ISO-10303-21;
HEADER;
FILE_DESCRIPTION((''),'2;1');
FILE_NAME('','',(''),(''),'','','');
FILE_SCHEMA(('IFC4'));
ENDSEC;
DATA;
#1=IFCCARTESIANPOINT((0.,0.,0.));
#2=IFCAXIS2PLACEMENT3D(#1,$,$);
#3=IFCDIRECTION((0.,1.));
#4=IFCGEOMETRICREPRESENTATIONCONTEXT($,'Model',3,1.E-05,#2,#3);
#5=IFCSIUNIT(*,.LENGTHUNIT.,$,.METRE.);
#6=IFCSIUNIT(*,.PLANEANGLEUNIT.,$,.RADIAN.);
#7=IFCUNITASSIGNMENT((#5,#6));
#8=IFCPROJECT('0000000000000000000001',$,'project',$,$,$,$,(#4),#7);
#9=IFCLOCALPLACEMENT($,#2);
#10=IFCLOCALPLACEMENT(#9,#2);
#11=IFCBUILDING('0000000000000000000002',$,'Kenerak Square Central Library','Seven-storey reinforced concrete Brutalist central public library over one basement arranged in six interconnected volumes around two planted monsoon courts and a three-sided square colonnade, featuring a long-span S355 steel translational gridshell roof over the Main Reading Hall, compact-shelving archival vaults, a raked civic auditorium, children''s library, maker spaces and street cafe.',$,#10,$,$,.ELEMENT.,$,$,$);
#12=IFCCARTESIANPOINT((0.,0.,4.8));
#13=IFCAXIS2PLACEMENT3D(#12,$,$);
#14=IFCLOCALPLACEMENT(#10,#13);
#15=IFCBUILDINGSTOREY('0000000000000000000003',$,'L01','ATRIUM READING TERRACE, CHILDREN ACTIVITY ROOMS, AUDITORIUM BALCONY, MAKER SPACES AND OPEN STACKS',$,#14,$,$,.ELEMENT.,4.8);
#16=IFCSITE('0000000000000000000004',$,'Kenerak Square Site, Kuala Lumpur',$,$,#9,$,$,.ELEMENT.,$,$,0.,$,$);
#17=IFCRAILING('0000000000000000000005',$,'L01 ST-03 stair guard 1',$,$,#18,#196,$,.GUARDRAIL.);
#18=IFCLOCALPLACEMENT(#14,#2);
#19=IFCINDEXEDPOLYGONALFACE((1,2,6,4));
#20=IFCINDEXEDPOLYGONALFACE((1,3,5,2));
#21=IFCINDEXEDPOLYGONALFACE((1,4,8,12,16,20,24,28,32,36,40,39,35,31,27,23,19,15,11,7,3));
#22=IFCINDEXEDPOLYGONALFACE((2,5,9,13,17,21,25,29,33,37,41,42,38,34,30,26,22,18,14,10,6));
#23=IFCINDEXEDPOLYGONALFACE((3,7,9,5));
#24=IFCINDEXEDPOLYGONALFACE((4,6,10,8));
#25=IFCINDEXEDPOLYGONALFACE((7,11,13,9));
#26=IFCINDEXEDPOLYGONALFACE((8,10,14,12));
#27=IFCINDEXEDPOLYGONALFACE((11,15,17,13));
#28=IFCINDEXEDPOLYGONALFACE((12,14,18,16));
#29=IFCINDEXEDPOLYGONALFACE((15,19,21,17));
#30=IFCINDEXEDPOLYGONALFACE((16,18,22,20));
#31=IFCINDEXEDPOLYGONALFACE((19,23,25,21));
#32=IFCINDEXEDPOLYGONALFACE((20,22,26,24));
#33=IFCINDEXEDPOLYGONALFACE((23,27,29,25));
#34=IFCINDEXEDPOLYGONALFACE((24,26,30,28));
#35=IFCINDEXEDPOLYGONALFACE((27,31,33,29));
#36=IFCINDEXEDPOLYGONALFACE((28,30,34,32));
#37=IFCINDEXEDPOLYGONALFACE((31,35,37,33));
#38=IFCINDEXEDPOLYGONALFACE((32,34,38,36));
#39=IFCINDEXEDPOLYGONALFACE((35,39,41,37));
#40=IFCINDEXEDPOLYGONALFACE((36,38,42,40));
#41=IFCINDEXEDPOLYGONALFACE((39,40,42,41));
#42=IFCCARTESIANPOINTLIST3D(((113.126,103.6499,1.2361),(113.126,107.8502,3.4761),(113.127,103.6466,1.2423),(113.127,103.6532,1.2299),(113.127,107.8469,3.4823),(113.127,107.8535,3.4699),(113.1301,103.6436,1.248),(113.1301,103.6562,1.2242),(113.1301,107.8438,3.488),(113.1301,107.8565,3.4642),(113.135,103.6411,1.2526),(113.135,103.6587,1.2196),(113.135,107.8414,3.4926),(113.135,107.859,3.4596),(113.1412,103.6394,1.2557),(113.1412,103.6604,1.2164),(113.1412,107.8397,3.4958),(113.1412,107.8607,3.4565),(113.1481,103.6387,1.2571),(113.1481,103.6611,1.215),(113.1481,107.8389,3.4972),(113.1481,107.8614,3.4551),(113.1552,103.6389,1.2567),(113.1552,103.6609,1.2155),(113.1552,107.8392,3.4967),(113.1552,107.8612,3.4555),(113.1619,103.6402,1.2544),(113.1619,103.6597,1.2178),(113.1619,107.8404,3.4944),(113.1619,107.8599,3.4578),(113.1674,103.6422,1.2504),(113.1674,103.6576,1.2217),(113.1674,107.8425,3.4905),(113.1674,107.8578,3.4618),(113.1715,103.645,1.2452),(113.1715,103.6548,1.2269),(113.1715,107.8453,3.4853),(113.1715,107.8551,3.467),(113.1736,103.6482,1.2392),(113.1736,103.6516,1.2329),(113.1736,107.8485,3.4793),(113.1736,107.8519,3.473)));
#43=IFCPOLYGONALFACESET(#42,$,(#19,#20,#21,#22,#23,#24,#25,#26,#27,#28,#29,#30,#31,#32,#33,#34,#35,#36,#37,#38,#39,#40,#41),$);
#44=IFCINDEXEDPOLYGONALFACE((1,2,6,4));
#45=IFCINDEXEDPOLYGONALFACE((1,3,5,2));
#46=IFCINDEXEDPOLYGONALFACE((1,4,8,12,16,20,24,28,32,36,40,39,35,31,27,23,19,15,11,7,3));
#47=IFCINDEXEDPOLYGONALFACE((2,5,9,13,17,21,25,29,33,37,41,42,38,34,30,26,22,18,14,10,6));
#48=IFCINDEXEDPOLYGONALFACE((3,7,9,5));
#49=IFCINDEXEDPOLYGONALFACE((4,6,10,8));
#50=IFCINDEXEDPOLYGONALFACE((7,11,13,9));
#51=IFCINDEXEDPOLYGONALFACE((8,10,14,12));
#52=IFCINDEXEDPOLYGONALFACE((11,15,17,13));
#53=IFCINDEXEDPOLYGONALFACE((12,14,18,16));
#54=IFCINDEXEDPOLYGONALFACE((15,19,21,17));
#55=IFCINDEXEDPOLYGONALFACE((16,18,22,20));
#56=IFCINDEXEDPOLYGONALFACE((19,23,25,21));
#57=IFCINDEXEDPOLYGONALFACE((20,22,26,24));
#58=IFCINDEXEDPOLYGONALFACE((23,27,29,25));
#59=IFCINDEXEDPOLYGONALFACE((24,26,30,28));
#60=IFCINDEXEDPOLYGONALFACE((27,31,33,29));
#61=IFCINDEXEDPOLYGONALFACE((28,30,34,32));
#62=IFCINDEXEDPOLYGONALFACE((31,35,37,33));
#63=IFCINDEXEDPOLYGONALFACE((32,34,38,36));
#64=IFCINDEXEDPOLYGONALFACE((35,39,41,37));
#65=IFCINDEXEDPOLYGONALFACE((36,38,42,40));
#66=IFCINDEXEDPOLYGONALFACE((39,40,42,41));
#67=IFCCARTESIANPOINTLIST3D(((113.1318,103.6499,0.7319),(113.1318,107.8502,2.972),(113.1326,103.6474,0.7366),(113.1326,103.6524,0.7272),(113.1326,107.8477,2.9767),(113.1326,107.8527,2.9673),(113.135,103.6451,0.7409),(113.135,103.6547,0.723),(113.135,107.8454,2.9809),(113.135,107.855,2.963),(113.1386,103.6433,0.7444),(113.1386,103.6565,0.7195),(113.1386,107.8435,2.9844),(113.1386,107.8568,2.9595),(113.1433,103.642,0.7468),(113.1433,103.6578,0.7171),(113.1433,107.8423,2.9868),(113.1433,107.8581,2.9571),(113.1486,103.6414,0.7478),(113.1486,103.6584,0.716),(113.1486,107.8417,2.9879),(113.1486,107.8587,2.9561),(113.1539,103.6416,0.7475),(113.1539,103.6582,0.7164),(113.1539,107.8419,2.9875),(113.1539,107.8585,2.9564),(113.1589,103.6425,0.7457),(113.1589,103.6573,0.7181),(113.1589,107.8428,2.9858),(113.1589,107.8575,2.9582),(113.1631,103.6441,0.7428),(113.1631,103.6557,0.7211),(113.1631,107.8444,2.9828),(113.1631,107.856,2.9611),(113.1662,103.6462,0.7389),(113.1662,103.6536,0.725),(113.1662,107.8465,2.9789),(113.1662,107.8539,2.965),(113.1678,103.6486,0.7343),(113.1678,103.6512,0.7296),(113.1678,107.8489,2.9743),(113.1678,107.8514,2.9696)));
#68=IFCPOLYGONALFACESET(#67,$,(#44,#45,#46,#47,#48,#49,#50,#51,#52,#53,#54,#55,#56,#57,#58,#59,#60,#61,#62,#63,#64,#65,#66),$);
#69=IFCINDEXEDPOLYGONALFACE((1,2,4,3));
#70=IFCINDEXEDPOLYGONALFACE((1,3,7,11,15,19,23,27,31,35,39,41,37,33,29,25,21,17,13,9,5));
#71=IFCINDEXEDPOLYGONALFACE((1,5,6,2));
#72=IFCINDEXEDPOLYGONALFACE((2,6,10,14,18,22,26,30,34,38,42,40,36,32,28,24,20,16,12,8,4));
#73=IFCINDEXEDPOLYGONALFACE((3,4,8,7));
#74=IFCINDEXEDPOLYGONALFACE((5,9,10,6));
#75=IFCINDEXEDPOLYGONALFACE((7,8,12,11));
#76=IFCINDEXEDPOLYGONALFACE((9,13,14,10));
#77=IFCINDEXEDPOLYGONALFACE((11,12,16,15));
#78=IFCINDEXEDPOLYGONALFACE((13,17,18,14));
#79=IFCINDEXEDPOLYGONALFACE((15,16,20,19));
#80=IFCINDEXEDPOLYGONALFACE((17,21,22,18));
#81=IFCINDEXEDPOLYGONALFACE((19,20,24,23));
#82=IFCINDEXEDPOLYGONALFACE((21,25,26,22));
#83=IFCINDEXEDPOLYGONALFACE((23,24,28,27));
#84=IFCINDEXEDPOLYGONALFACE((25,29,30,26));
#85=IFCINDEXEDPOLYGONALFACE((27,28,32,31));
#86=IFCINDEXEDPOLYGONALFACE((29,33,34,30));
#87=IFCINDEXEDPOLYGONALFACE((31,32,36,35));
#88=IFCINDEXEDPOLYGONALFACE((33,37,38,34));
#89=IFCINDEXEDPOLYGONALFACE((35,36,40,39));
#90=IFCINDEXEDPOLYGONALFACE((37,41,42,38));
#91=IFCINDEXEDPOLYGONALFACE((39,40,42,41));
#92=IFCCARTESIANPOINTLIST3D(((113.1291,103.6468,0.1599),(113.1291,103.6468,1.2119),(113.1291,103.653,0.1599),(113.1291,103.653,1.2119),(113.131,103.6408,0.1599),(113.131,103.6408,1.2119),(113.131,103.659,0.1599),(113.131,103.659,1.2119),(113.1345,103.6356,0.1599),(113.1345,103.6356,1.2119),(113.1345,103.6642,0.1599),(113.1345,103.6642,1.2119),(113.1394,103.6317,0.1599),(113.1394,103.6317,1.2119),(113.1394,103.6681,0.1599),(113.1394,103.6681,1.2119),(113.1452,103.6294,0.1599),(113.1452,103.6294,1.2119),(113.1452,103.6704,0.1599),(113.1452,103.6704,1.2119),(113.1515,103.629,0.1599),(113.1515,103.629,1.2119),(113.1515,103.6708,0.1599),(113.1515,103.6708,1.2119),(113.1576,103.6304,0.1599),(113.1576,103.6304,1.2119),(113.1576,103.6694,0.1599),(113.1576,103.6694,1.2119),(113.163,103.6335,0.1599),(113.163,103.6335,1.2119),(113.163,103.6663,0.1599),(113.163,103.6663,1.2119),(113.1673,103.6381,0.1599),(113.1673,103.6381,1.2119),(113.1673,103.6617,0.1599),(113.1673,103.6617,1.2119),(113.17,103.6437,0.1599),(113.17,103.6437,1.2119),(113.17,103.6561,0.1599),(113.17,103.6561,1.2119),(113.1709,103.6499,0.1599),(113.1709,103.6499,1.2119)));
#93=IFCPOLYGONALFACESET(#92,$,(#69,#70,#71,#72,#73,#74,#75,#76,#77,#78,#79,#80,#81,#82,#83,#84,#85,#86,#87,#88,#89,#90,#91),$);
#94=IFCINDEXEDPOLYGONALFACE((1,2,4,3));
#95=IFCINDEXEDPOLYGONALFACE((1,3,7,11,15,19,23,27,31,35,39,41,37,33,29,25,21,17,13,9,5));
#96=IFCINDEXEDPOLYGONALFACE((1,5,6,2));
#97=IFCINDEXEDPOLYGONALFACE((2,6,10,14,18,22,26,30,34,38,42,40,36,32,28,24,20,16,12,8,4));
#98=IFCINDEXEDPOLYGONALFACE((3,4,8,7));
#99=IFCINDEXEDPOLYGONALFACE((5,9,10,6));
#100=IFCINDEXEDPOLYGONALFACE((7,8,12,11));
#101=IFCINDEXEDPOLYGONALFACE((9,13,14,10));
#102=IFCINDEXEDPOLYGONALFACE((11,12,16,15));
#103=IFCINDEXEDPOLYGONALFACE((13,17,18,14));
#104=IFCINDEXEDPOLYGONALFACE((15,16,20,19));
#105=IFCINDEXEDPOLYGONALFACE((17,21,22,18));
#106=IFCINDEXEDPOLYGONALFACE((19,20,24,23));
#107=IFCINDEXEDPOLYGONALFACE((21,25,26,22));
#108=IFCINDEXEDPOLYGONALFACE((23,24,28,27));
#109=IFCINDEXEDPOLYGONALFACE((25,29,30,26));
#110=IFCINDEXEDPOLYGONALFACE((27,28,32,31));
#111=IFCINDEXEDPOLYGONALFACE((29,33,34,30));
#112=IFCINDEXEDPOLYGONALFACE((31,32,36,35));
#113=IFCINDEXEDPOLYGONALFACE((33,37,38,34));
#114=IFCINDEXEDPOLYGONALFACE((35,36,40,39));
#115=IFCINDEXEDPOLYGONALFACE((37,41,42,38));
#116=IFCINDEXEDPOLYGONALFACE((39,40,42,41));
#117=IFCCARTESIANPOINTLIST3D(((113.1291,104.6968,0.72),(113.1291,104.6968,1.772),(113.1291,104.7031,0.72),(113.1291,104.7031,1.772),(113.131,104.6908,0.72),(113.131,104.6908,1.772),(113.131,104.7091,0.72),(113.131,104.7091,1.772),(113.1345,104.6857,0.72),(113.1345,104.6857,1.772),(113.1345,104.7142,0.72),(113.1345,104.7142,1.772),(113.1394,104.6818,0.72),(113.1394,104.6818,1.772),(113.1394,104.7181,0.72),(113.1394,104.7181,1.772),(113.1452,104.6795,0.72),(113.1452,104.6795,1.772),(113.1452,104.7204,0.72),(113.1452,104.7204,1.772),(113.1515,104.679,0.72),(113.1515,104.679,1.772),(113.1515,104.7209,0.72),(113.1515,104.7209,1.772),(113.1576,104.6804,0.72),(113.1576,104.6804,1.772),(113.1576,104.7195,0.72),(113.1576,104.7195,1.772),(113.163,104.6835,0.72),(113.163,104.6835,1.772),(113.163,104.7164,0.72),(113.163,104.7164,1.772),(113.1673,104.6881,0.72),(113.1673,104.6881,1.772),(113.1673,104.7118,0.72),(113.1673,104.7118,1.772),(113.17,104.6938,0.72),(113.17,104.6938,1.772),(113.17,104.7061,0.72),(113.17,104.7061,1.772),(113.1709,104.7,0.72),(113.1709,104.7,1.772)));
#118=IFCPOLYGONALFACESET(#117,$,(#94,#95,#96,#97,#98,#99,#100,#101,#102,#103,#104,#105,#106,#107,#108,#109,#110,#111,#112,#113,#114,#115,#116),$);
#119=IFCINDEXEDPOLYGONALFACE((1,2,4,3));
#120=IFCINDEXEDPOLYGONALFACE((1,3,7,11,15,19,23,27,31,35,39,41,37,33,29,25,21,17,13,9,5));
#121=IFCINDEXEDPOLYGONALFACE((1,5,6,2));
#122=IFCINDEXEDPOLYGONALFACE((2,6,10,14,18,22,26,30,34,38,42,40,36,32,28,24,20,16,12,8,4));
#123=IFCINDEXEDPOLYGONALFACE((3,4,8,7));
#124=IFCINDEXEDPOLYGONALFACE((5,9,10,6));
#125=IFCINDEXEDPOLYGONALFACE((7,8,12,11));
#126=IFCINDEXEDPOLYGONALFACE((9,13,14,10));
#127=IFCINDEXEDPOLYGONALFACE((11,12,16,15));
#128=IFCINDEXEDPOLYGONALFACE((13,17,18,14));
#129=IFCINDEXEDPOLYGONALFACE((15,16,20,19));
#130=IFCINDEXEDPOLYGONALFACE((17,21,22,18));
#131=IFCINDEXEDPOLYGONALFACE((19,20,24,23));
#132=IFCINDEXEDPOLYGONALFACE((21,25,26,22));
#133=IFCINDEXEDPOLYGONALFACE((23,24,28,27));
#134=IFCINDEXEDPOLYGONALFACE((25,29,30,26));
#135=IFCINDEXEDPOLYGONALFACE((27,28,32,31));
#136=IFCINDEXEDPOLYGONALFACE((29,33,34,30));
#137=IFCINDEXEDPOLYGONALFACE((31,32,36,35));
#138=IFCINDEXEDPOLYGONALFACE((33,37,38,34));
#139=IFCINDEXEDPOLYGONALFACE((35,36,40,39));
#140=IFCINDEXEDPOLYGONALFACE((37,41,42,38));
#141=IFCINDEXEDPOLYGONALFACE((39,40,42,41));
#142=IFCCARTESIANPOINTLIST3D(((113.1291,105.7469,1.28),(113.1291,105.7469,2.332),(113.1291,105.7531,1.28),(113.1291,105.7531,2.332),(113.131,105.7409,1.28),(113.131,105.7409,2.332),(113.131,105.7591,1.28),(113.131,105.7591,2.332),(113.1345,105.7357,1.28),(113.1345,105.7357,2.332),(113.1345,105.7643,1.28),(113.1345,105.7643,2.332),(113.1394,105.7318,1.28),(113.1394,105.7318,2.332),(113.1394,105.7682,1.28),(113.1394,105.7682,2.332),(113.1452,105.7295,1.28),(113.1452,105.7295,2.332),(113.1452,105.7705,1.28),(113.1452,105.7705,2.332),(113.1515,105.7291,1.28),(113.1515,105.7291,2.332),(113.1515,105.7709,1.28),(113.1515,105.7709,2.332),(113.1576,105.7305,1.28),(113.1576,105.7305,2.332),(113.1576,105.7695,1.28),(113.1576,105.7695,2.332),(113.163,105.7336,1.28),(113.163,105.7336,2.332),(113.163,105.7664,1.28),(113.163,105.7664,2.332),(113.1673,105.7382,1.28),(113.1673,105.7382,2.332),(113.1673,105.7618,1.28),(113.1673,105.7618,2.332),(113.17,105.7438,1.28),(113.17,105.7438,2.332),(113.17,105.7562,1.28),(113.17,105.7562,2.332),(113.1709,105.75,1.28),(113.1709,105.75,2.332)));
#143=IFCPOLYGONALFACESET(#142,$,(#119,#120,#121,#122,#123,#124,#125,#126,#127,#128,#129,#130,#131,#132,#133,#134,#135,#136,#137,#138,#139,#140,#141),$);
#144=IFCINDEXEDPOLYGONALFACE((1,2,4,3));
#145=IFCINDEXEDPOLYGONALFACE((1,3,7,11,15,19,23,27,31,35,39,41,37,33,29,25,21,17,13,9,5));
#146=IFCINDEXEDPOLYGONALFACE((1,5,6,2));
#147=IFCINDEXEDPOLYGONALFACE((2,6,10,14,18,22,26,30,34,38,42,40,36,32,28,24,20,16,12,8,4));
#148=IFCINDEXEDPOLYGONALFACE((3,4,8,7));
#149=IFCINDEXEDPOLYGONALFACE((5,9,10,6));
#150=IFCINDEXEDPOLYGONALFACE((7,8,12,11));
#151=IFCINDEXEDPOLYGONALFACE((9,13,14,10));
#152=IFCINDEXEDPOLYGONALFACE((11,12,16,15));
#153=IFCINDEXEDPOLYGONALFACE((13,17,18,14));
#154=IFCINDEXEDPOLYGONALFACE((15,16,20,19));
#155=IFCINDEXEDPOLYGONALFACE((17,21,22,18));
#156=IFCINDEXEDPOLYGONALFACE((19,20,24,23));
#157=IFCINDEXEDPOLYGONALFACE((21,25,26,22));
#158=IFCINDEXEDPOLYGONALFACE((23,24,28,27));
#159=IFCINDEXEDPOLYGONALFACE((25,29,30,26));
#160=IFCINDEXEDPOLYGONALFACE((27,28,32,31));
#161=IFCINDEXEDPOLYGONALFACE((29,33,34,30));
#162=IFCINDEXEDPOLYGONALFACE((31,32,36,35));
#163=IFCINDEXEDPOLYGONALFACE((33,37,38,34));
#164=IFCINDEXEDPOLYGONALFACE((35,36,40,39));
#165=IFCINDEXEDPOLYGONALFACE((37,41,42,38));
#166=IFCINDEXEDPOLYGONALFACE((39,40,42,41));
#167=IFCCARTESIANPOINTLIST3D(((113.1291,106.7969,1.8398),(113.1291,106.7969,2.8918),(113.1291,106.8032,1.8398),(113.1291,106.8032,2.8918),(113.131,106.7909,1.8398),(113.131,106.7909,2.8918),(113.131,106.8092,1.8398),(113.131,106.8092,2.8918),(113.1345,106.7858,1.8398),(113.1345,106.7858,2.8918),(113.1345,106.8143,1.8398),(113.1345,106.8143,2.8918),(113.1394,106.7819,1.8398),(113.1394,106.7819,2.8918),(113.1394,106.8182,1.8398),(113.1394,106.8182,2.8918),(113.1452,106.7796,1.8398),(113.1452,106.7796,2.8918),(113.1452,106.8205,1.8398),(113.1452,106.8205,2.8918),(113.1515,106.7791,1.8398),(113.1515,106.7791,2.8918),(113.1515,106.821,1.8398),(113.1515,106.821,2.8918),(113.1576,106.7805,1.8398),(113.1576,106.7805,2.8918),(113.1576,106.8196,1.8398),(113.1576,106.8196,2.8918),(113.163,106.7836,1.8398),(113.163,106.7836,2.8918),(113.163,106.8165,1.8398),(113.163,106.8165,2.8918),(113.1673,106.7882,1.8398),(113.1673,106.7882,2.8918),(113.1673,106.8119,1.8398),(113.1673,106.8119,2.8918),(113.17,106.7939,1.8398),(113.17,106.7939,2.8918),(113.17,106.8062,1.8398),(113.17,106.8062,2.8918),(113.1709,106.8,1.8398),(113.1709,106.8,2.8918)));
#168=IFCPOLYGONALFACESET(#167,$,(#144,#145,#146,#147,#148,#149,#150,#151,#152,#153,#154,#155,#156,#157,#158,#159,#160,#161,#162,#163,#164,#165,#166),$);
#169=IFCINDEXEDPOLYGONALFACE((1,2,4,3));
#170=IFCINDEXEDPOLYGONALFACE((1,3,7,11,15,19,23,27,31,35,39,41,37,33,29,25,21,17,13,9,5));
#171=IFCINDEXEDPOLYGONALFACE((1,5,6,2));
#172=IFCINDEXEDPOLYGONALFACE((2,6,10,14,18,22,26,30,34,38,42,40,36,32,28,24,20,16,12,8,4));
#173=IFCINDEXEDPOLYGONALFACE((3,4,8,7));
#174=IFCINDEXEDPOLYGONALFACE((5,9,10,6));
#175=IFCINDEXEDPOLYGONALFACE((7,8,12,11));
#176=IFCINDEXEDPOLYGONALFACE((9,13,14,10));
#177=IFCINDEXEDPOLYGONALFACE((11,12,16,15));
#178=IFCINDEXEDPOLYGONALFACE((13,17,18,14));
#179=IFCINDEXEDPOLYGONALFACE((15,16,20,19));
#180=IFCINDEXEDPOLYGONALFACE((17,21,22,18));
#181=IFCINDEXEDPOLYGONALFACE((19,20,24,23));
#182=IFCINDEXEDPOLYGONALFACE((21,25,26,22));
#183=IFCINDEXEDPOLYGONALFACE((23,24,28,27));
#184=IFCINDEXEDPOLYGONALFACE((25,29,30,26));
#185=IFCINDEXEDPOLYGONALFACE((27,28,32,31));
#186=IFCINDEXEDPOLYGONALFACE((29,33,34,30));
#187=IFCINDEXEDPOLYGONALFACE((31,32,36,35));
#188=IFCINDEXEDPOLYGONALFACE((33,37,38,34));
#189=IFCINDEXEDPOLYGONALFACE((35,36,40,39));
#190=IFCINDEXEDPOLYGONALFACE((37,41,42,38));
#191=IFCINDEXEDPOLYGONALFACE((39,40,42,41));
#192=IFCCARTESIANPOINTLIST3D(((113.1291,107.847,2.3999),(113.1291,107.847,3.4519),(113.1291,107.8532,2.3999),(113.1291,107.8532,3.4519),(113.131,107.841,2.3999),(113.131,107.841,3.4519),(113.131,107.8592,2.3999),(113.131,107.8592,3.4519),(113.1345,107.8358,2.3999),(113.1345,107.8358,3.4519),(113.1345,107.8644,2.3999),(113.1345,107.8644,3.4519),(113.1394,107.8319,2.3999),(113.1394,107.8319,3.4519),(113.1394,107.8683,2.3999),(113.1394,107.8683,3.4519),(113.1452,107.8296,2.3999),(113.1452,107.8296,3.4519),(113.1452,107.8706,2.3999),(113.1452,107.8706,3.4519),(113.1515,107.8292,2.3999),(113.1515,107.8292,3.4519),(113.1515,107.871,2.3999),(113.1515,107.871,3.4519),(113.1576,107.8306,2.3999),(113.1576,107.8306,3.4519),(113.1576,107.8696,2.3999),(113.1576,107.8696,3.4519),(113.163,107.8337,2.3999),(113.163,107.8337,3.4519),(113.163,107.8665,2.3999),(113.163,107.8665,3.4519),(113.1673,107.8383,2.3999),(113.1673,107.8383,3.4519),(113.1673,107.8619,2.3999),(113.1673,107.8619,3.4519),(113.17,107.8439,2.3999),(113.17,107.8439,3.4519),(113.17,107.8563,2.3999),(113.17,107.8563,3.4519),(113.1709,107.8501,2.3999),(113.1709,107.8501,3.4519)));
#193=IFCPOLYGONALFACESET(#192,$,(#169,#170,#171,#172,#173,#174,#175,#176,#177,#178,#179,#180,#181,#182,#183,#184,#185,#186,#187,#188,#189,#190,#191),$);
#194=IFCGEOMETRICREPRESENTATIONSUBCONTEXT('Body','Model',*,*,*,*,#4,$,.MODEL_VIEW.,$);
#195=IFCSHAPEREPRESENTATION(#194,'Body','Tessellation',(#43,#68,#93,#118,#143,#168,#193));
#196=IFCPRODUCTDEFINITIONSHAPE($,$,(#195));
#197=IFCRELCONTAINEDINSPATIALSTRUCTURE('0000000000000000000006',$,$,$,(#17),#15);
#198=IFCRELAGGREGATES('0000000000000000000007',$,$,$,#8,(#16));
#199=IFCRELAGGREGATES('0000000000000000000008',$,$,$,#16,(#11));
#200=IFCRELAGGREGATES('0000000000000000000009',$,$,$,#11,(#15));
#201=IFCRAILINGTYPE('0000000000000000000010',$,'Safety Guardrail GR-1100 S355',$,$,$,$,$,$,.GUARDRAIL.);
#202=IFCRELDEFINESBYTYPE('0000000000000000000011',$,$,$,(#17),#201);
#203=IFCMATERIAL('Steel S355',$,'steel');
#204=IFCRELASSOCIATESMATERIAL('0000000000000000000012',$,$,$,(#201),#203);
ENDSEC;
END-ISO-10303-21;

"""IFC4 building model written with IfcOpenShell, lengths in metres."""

from ifc_helpers import new_model, si_unit, direction, frame, origin, origin_2d, place, context, subcontext, project, spatial, circle, extrude, material, type_object, element, save


model = new_model("IFC4")

# Units and contexts
model_context = context("Model", 3, precision=1e-05, world=origin(), true_north=direction((0.0, 1.0)))
body_context = subcontext(model_context, "Body", "Model", "MODEL_VIEW")
ifc_project = project(units=[si_unit("LENGTHUNIT", "METRE"), si_unit("PLANEANGLEUNIT", "RADIAN")], contexts=[model_context])

# Site, building, storey
site_placement = place(None, origin())
site = spatial("IfcSite", under=ifc_project, at=site_placement, Name="Kenerak Square Site, Kuala Lumpur", CompositionType="ELEMENT", RefElevation=0.0)
building_placement = place(site_placement, origin())
building = spatial("IfcBuilding", under=site, at=building_placement, Name="Kenerak Square Central Library", Description="Seven-storey reinforced concrete Brutalist central public library over one basement arranged in six interconnected volumes around two planted monsoon courts and a three-sided square colonnade, featuring a long-span S355 steel translational gridshell roof over the Main Reading Hall, compact-shelving archival vaults, a raked civic auditorium, children's library, maker spaces and street cafe.", CompositionType="ELEMENT")
storey_placement = place(building_placement, frame((0.0, 0.0, 4.8)))
storey = spatial("IfcBuildingStorey", under=building, at=storey_placement, Name="L01", Description="ATRIUM READING TERRACE, CHILDREN ACTIVITY ROOMS, AUDITORIUM BALCONY, MAKER SPACES AND OPEN STACKS", CompositionType="ELEMENT", Elevation=4.8)

# Shared definitions
ifc_material_1 = material(Name="Steel S355", Category="steel")

# Railing
railing_type = type_object("IfcRailingType", Name="Safety Guardrail GR-1100 S355", PredefinedType="GUARDRAIL", material=ifc_material_1)
railing_1_placement = place(storey_placement, frame((113.1499, 103.6499, 0.1599)))
element("IfcRailing", 1, at=railing_1_placement, inside=storey, type_object=railing_type, Name="L01 ST-03 stair guard 1", PredefinedType="GUARDRAIL", context=body_context, shape_type="SweptSolid", body=[
    extrude(circle(Radius=0.0239, at=origin_2d()), frame((0.0, 0.0, 1.0762), z_axis=(0.0, 0.882363, 0.47057), x_axis=(-1.0, 0.0, 0.0)), (0.0, 0.0, 1.0), 4.7603),
    extrude(circle(Radius=0.0181, at=origin_2d()), frame((0.0, 0.0, 0.572), z_axis=(0.0, 0.882363, 0.47057), x_axis=(-1.0, 0.0, 0.0)), (0.0, 0.0, 1.0), 4.7603),
    extrude(circle(Radius=0.021, at=origin_2d()), origin(), (0.0, 0.0, 1.0), 1.052),
    extrude(circle(Radius=0.021, at=origin_2d()), frame((0.0, 1.05, 0.5601)), (0.0, 0.0, 1.0), 1.052),
    extrude(circle(Radius=0.021, at=origin_2d()), frame((0.0, 2.1001, 1.1201)), (0.0, 0.0, 1.0), 1.052),
    extrude(circle(Radius=0.021, at=origin_2d()), frame((0.0, 3.1501, 1.6799)), (0.0, 0.0, 1.0), 1.052),
    extrude(circle(Radius=0.021, at=origin_2d()), frame((0.0, 4.2002, 2.24)), (0.0, 0.0, 1.0), 1.052),
])

save(model, "model.ifc")
